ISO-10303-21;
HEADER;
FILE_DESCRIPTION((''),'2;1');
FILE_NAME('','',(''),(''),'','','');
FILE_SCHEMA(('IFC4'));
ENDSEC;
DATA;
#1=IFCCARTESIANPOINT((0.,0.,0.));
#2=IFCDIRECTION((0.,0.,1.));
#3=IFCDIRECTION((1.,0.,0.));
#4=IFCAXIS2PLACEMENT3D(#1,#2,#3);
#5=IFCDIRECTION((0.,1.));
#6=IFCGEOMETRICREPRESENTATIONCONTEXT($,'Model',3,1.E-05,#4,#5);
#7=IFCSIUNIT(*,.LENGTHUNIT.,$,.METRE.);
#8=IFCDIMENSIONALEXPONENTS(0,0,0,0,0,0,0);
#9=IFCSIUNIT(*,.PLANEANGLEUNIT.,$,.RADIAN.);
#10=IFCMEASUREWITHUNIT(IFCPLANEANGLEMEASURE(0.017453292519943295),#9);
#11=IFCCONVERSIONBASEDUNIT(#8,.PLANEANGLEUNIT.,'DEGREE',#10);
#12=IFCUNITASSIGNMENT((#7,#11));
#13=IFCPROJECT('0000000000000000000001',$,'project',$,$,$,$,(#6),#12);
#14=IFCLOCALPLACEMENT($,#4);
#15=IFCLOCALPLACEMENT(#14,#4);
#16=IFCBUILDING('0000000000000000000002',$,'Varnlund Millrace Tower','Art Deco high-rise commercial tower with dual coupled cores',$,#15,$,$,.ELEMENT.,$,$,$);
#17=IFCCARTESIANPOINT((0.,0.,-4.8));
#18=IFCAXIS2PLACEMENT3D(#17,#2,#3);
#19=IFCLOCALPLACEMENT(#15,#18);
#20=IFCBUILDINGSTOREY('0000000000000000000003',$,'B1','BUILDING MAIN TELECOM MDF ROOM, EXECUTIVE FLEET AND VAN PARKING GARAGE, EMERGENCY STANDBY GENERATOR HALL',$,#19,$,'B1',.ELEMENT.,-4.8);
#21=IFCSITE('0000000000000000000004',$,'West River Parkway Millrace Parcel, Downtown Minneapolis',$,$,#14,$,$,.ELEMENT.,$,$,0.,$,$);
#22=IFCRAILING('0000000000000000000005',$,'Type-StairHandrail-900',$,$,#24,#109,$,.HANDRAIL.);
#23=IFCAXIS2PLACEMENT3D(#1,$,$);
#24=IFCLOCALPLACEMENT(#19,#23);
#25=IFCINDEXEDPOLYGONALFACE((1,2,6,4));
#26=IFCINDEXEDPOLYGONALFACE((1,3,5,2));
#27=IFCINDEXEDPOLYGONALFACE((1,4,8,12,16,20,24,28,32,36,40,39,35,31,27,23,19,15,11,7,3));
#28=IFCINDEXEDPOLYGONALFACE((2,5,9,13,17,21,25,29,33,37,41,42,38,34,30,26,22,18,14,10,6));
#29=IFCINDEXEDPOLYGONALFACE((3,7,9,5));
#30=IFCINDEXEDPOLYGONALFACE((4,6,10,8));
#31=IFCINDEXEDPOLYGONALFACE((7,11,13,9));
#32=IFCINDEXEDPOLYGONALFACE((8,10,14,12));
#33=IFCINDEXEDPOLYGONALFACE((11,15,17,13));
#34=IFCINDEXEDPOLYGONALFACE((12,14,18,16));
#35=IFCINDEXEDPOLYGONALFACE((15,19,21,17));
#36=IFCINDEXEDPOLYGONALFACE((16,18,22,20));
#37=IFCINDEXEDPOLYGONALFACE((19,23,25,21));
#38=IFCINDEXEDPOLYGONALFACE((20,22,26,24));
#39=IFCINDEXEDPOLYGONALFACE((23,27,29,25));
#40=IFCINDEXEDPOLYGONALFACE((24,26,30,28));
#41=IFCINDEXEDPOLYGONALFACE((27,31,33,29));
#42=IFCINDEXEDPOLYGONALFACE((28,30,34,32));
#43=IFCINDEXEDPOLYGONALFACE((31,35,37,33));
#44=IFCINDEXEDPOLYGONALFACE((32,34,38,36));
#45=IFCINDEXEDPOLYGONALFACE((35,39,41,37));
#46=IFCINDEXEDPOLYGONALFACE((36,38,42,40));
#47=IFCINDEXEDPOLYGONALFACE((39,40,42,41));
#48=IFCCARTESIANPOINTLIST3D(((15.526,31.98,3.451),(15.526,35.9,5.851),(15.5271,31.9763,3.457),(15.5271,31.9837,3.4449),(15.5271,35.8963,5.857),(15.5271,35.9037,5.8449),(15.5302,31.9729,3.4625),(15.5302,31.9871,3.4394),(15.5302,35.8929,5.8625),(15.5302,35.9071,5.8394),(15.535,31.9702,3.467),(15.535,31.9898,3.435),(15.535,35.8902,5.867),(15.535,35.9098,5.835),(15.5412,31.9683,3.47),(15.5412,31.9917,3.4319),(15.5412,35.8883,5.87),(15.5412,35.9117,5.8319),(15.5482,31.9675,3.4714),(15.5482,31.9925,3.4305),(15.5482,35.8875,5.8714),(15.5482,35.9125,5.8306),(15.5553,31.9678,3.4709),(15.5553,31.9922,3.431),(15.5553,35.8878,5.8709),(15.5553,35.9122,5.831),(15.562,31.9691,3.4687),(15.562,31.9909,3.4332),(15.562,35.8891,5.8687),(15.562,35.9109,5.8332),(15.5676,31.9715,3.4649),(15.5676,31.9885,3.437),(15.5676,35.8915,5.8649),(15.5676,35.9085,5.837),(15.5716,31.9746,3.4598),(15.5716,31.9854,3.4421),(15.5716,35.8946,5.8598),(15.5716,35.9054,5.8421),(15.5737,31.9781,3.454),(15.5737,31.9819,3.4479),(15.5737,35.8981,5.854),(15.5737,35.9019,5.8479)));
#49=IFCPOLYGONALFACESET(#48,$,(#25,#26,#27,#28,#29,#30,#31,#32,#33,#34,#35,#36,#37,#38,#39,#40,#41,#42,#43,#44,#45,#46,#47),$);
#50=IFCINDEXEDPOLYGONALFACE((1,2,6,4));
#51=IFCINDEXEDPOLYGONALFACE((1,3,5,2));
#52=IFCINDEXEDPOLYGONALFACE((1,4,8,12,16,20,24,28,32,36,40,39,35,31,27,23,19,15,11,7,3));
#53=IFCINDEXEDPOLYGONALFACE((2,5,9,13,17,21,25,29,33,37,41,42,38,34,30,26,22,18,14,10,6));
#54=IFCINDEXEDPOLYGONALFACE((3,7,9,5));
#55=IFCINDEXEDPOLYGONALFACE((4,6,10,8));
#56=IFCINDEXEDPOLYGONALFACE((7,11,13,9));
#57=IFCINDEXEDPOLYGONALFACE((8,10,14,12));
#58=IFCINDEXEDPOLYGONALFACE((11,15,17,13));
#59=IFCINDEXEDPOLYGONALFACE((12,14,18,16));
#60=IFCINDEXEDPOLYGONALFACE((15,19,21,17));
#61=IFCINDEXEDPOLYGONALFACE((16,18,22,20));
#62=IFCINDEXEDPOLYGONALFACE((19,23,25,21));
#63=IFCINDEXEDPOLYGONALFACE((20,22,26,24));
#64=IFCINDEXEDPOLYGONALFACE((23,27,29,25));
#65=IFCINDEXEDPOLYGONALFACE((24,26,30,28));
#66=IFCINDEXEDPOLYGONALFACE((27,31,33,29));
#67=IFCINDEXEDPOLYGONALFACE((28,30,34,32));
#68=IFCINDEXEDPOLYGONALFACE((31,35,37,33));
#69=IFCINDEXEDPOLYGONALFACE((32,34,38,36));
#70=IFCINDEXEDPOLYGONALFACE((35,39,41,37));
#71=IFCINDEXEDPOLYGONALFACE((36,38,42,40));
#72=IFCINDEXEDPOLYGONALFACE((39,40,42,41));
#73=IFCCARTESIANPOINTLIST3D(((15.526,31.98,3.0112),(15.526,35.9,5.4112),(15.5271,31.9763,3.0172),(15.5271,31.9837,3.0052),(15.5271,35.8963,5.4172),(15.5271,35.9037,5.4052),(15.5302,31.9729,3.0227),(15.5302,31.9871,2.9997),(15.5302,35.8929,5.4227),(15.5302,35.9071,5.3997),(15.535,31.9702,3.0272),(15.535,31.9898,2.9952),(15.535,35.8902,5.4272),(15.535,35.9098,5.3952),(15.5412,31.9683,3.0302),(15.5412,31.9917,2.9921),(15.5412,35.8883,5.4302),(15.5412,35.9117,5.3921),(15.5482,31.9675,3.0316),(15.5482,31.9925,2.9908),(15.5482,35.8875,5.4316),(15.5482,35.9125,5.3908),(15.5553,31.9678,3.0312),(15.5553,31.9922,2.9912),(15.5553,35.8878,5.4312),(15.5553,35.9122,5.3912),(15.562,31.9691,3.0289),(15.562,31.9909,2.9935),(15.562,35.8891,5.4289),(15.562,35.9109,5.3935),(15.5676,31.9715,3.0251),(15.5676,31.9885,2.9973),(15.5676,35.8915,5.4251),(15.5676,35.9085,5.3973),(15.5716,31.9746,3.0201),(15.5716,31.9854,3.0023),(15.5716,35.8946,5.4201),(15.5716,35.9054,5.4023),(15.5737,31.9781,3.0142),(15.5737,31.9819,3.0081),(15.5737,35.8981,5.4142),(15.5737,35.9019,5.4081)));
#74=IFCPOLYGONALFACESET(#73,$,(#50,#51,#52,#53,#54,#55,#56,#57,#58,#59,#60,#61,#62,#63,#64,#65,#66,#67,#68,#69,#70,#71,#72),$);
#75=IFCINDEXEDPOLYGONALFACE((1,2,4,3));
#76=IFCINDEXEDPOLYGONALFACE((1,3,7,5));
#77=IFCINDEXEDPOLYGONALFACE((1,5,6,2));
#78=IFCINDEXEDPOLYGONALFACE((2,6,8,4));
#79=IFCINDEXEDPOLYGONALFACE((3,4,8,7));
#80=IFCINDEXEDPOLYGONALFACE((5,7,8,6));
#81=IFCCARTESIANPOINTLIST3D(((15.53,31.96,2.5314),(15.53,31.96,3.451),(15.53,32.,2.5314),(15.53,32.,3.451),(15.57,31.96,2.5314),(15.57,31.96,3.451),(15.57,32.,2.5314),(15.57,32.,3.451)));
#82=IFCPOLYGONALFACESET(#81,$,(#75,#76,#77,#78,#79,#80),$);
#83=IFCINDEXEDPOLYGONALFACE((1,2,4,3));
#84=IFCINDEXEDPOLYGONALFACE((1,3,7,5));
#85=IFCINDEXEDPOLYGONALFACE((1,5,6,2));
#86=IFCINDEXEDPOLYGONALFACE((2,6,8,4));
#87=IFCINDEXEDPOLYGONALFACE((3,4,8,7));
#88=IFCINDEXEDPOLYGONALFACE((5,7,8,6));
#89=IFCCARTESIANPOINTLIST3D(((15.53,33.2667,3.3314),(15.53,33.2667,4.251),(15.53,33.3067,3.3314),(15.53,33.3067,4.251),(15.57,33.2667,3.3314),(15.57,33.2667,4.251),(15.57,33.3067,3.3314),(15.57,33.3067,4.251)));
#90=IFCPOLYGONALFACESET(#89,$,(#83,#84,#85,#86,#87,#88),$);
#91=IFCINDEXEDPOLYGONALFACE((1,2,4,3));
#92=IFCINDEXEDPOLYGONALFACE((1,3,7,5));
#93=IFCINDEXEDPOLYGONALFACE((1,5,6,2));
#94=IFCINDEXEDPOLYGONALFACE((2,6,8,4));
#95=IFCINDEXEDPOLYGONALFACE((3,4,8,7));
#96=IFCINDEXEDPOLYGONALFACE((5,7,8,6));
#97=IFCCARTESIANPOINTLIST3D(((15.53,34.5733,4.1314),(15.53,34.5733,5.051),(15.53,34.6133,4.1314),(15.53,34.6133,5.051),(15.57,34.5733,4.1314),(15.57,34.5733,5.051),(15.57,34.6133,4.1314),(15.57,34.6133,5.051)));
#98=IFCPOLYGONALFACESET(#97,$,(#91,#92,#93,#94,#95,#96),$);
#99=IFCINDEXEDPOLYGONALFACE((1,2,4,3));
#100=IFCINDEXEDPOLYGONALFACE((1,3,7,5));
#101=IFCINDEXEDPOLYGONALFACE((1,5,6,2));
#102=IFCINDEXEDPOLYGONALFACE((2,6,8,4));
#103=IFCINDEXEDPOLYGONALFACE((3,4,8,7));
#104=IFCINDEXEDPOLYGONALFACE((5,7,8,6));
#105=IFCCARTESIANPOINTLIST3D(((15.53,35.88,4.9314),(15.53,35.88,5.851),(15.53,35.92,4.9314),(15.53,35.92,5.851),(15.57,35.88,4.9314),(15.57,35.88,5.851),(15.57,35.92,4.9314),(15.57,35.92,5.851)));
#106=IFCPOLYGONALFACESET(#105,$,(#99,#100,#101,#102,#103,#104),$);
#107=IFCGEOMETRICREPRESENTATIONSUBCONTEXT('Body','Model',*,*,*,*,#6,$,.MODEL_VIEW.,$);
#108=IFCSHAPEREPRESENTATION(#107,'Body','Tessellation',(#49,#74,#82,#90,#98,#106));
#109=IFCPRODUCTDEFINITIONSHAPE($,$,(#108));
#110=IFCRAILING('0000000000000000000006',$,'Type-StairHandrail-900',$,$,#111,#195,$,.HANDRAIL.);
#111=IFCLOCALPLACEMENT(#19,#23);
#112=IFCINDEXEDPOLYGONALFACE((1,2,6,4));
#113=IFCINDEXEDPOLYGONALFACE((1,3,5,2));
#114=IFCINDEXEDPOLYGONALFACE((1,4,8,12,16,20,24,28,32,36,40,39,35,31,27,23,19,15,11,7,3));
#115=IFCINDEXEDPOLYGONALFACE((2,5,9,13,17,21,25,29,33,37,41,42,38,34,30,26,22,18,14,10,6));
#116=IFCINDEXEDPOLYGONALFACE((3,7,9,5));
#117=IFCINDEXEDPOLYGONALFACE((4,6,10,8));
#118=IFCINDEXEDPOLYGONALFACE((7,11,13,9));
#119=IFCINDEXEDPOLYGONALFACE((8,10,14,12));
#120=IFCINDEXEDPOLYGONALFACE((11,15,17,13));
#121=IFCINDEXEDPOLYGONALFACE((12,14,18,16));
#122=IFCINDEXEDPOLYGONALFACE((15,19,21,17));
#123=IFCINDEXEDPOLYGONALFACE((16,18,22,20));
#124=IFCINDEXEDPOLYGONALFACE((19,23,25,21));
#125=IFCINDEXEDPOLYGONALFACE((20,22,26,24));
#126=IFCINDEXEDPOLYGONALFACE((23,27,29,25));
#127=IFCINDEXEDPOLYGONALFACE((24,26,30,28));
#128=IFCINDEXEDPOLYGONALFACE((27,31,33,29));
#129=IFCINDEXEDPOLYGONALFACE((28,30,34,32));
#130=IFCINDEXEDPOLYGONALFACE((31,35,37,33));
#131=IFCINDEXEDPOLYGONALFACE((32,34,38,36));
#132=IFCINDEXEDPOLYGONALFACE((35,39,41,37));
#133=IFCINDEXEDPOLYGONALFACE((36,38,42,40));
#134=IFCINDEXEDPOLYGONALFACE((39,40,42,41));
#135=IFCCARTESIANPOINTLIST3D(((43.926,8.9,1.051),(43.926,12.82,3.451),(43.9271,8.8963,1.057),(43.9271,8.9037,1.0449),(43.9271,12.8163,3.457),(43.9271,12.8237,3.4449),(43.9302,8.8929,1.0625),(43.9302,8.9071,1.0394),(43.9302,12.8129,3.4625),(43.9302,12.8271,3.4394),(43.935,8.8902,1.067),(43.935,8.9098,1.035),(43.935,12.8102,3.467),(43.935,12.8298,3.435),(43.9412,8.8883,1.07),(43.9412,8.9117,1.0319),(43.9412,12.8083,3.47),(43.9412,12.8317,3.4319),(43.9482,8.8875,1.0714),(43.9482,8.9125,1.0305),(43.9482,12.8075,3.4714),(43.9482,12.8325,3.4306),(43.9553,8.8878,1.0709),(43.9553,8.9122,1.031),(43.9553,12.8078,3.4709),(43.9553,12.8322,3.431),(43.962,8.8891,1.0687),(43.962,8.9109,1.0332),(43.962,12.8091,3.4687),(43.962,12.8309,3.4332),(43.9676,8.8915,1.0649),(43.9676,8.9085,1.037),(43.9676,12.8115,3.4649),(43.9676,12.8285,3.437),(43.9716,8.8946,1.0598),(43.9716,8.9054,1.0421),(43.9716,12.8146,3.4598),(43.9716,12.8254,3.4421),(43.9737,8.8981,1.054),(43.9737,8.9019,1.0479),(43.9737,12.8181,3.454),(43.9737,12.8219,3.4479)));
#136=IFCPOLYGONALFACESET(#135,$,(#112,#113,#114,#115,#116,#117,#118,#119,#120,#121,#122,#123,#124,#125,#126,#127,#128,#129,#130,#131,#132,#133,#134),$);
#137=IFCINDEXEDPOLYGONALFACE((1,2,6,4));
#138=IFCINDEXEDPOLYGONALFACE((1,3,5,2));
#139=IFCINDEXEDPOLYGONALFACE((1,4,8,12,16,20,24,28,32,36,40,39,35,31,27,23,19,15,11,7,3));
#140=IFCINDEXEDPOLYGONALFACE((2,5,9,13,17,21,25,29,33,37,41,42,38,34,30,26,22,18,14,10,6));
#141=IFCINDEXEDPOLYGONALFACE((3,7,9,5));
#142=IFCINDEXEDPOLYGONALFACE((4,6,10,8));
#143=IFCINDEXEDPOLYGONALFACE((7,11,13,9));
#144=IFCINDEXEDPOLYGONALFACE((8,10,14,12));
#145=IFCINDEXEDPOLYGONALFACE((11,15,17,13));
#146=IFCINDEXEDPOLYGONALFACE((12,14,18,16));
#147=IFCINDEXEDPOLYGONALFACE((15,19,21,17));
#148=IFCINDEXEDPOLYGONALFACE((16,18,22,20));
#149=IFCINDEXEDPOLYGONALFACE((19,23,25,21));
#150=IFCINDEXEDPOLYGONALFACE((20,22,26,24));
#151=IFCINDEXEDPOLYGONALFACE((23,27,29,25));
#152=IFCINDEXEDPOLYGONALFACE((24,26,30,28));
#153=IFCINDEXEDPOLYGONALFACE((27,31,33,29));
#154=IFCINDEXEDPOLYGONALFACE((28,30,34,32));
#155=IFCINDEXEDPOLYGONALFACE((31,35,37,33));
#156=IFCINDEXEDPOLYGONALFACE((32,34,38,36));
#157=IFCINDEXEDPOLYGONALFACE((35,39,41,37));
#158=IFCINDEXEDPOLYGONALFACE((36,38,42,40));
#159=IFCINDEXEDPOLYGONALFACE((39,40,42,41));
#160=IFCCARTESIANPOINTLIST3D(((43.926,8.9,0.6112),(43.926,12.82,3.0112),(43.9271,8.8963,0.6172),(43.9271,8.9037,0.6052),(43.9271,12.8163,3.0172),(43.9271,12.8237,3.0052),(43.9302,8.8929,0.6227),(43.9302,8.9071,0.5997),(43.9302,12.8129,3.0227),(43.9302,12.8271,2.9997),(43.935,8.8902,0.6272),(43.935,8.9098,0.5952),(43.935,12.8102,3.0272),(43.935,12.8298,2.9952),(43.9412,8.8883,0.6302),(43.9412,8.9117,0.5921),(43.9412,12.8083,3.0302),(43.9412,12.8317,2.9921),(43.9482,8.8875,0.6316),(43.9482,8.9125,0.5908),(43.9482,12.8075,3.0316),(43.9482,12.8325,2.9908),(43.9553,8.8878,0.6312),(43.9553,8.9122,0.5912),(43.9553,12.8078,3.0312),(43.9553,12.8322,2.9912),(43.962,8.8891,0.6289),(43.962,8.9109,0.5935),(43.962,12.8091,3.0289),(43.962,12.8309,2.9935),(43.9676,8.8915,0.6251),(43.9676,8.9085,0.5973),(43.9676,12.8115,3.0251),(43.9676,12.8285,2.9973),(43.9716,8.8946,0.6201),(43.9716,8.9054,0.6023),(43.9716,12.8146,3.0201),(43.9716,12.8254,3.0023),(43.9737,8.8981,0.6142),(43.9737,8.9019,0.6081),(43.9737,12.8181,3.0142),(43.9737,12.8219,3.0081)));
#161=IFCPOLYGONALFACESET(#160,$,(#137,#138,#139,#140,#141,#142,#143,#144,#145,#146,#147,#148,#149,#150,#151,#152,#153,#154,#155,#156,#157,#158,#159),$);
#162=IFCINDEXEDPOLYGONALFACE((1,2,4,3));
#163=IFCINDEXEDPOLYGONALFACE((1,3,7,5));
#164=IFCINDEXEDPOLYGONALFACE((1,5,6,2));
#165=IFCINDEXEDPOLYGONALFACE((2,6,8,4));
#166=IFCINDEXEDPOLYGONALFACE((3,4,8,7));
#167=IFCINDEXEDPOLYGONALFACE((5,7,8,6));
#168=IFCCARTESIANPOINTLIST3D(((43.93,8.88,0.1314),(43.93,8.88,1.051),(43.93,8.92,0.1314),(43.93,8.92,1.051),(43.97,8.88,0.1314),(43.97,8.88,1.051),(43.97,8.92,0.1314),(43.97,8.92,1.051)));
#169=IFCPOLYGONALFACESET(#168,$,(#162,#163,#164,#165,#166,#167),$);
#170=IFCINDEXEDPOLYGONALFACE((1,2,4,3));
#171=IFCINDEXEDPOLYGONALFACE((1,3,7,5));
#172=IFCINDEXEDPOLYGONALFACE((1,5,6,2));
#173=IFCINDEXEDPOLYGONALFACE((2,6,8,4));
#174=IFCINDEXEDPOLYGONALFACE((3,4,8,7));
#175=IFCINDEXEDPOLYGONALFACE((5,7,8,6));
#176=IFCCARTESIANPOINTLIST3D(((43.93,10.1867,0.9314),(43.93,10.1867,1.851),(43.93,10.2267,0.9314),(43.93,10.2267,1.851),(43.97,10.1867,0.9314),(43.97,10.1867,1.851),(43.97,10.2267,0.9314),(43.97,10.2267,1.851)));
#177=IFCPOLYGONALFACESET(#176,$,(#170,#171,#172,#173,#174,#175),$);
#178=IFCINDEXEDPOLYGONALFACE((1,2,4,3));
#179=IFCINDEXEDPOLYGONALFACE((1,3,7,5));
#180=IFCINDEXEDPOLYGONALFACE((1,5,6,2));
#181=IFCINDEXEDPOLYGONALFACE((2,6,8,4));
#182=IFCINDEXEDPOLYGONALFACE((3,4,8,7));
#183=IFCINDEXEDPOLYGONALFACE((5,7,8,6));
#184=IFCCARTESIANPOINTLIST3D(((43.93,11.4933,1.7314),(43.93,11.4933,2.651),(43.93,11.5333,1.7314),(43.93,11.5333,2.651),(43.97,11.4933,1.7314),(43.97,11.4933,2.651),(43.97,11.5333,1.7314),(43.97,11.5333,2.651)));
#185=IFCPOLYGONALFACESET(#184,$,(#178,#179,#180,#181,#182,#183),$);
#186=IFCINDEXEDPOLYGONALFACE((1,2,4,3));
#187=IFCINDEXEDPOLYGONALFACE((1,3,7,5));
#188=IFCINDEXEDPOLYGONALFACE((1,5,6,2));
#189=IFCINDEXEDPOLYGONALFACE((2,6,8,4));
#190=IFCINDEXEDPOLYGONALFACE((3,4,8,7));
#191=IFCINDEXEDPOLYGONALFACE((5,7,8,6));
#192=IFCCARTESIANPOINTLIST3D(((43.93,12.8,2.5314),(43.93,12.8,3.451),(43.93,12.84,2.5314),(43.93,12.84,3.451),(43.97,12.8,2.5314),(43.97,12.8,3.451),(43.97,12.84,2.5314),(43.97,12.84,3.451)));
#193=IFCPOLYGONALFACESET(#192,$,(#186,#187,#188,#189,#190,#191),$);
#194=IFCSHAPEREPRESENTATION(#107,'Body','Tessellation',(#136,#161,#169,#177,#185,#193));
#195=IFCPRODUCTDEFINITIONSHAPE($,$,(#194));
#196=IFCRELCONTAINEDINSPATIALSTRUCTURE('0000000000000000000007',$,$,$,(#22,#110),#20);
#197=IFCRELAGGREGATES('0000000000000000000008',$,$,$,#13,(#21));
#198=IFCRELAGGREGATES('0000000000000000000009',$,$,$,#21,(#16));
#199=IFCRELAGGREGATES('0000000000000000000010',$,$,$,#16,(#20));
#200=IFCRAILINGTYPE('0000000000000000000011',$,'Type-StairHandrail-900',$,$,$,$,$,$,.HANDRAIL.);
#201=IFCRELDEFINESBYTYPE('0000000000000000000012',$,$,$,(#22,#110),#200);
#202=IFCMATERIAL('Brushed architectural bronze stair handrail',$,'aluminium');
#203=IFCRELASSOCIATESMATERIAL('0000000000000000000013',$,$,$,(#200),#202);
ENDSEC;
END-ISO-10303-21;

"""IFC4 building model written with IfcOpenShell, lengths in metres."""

from ifc_helpers import new_model, entity, si_unit, converted_unit, direction, frame, origin_with_axes, origin_2d_with_axis, place, context, subcontext, project, spatial, rectangle, circle, extrude, material, type_object, element, save


model = new_model("IFC4")

# Units and contexts
model_context = context("Model", 3, precision=1e-05, world=origin_with_axes(), true_north=direction((0.0, 1.0)))
body_context = subcontext(model_context, "Body", "Model", "MODEL_VIEW")
ifc_project = project(units=[si_unit("LENGTHUNIT", "METRE"), converted_unit("PLANEANGLEUNIT", "DEGREE", entity("IfcPlaneAngleMeasure", 0.017453292519943295), si_unit("PLANEANGLEUNIT", "RADIAN"), dimensions=[0, 0, 0, 0, 0, 0, 0])], contexts=[model_context])

# Site, building, storey
site_placement = place(None, origin_with_axes())
site = spatial("IfcSite", under=ifc_project, at=site_placement, Name="West River Parkway Millrace Parcel, Downtown Minneapolis", CompositionType="ELEMENT", RefElevation=0.0)
building_placement = place(site_placement, origin_with_axes())
building = spatial("IfcBuilding", under=site, at=building_placement, Name="Varnlund Millrace Tower", Description="Art Deco high-rise commercial tower with dual coupled cores", CompositionType="ELEMENT")
storey_placement = place(building_placement, frame((0.0, 0.0, -4.8), z_axis=(0.0, 0.0, 1.0), x_axis=(1.0, 0.0, 0.0)))
storey = spatial("IfcBuildingStorey", under=building, at=storey_placement, Name="B1", Description="BUILDING MAIN TELECOM MDF ROOM, EXECUTIVE FLEET AND VAN PARKING GARAGE, EMERGENCY STANDBY GENERATOR HALL", LongName="B1", CompositionType="ELEMENT", Elevation=-4.8)

# Railings
ifc_material_1 = material(Name="Brushed architectural bronze stair handrail", Category="aluminium")
railing_type_1 = type_object("IfcRailingType", Name="Type-StairHandrail-900", PredefinedType="HANDRAIL", material=ifc_material_1)
railing_1_placement = place(storey_placement, frame((0.0, 0.0, 4.8), z_axis=(0.0, 0.0, 1.0), x_axis=(1.0, 0.0, 0.0)))
element("IfcRailing", 1, at=railing_1_placement, inside=storey, type_object=railing_type_1, Name="Type-StairHandrail-900", PredefinedType="HANDRAIL", context=body_context, shape_type="SweptSolid", body=[
    extrude(circle(Radius=0.024, at=origin_2d_with_axis()), frame((15.55, 31.98, -1.349), z_axis=(0.0, 0.852851, 0.522154), x_axis=(-1.0, 0.0, 0.0)), (0.0, 0.0, 1.0), 4.5963),
    extrude(circle(Radius=0.024, at=origin_2d_with_axis()), frame((15.55, 31.98, -1.7888), z_axis=(0.0, 0.852851, 0.522154), x_axis=(-1.0, 0.0, 0.0)), (0.0, 0.0, 1.0), 4.5963),
    extrude(rectangle(XDim=0.04, YDim=0.04, at=origin_2d_with_axis()), frame((15.55, 31.98, -2.2686), z_axis=(0.0, 0.0, 1.0), x_axis=(1.0, 0.0, 0.0)), (0.0, 0.0, 1.0), 0.9195),
    extrude(rectangle(XDim=0.04, YDim=0.04, at=origin_2d_with_axis()), frame((15.55, 33.2867, -1.4686), z_axis=(0.0, 0.0, 1.0), x_axis=(1.0, 0.0, 0.0)), (0.0, 0.0, 1.0), 0.9195),
    extrude(rectangle(XDim=0.04, YDim=0.04, at=origin_2d_with_axis()), frame((15.55, 34.5933, -0.6686), z_axis=(0.0, 0.0, 1.0), x_axis=(1.0, 0.0, 0.0)), (0.0, 0.0, 1.0), 0.9195),
    extrude(rectangle(XDim=0.04, YDim=0.04, at=origin_2d_with_axis()), frame((15.55, 35.9, 0.1314), z_axis=(0.0, 0.0, 1.0), x_axis=(1.0, 0.0, 0.0)), (0.0, 0.0, 1.0), 0.9195),
])
railing_2_placement = place(storey_placement, frame((0.0, 0.0, 4.8), z_axis=(0.0, 0.0, 1.0), x_axis=(1.0, 0.0, 0.0)))
element("IfcRailing", 2, at=railing_2_placement, inside=storey, type_object=railing_type_1, Name="Type-StairHandrail-900", PredefinedType="HANDRAIL", context=body_context, shape_type="SweptSolid", body=[
    extrude(circle(Radius=0.024, at=origin_2d_with_axis()), frame((43.95, 8.9, -3.749), z_axis=(0.0, 0.852851, 0.522154), x_axis=(-1.0, 0.0, 0.0)), (0.0, 0.0, 1.0), 4.5963),
    extrude(circle(Radius=0.024, at=origin_2d_with_axis()), frame((43.95, 8.9, -4.1888), z_axis=(0.0, 0.852851, 0.522154), x_axis=(-1.0, 0.0, 0.0)), (0.0, 0.0, 1.0), 4.5963),
    extrude(rectangle(XDim=0.04, YDim=0.04, at=origin_2d_with_axis()), frame((43.95, 8.9, -4.6686), z_axis=(0.0, 0.0, 1.0), x_axis=(1.0, 0.0, 0.0)), (0.0, 0.0, 1.0), 0.9195),
    extrude(rectangle(XDim=0.04, YDim=0.04, at=origin_2d_with_axis()), frame((43.95, 10.2067, -3.8686), z_axis=(0.0, 0.0, 1.0), x_axis=(1.0, 0.0, 0.0)), (0.0, 0.0, 1.0), 0.9195),
    extrude(rectangle(XDim=0.04, YDim=0.04, at=origin_2d_with_axis()), frame((43.95, 11.5133, -3.0686), z_axis=(0.0, 0.0, 1.0), x_axis=(1.0, 0.0, 0.0)), (0.0, 0.0, 1.0), 0.9195),
    extrude(rectangle(XDim=0.04, YDim=0.04, at=origin_2d_with_axis()), frame((43.95, 12.82, -2.2686), z_axis=(0.0, 0.0, 1.0), x_axis=(1.0, 0.0, 0.0)), (0.0, 0.0, 1.0), 0.9195),
])

save(model, "model.ifc")
